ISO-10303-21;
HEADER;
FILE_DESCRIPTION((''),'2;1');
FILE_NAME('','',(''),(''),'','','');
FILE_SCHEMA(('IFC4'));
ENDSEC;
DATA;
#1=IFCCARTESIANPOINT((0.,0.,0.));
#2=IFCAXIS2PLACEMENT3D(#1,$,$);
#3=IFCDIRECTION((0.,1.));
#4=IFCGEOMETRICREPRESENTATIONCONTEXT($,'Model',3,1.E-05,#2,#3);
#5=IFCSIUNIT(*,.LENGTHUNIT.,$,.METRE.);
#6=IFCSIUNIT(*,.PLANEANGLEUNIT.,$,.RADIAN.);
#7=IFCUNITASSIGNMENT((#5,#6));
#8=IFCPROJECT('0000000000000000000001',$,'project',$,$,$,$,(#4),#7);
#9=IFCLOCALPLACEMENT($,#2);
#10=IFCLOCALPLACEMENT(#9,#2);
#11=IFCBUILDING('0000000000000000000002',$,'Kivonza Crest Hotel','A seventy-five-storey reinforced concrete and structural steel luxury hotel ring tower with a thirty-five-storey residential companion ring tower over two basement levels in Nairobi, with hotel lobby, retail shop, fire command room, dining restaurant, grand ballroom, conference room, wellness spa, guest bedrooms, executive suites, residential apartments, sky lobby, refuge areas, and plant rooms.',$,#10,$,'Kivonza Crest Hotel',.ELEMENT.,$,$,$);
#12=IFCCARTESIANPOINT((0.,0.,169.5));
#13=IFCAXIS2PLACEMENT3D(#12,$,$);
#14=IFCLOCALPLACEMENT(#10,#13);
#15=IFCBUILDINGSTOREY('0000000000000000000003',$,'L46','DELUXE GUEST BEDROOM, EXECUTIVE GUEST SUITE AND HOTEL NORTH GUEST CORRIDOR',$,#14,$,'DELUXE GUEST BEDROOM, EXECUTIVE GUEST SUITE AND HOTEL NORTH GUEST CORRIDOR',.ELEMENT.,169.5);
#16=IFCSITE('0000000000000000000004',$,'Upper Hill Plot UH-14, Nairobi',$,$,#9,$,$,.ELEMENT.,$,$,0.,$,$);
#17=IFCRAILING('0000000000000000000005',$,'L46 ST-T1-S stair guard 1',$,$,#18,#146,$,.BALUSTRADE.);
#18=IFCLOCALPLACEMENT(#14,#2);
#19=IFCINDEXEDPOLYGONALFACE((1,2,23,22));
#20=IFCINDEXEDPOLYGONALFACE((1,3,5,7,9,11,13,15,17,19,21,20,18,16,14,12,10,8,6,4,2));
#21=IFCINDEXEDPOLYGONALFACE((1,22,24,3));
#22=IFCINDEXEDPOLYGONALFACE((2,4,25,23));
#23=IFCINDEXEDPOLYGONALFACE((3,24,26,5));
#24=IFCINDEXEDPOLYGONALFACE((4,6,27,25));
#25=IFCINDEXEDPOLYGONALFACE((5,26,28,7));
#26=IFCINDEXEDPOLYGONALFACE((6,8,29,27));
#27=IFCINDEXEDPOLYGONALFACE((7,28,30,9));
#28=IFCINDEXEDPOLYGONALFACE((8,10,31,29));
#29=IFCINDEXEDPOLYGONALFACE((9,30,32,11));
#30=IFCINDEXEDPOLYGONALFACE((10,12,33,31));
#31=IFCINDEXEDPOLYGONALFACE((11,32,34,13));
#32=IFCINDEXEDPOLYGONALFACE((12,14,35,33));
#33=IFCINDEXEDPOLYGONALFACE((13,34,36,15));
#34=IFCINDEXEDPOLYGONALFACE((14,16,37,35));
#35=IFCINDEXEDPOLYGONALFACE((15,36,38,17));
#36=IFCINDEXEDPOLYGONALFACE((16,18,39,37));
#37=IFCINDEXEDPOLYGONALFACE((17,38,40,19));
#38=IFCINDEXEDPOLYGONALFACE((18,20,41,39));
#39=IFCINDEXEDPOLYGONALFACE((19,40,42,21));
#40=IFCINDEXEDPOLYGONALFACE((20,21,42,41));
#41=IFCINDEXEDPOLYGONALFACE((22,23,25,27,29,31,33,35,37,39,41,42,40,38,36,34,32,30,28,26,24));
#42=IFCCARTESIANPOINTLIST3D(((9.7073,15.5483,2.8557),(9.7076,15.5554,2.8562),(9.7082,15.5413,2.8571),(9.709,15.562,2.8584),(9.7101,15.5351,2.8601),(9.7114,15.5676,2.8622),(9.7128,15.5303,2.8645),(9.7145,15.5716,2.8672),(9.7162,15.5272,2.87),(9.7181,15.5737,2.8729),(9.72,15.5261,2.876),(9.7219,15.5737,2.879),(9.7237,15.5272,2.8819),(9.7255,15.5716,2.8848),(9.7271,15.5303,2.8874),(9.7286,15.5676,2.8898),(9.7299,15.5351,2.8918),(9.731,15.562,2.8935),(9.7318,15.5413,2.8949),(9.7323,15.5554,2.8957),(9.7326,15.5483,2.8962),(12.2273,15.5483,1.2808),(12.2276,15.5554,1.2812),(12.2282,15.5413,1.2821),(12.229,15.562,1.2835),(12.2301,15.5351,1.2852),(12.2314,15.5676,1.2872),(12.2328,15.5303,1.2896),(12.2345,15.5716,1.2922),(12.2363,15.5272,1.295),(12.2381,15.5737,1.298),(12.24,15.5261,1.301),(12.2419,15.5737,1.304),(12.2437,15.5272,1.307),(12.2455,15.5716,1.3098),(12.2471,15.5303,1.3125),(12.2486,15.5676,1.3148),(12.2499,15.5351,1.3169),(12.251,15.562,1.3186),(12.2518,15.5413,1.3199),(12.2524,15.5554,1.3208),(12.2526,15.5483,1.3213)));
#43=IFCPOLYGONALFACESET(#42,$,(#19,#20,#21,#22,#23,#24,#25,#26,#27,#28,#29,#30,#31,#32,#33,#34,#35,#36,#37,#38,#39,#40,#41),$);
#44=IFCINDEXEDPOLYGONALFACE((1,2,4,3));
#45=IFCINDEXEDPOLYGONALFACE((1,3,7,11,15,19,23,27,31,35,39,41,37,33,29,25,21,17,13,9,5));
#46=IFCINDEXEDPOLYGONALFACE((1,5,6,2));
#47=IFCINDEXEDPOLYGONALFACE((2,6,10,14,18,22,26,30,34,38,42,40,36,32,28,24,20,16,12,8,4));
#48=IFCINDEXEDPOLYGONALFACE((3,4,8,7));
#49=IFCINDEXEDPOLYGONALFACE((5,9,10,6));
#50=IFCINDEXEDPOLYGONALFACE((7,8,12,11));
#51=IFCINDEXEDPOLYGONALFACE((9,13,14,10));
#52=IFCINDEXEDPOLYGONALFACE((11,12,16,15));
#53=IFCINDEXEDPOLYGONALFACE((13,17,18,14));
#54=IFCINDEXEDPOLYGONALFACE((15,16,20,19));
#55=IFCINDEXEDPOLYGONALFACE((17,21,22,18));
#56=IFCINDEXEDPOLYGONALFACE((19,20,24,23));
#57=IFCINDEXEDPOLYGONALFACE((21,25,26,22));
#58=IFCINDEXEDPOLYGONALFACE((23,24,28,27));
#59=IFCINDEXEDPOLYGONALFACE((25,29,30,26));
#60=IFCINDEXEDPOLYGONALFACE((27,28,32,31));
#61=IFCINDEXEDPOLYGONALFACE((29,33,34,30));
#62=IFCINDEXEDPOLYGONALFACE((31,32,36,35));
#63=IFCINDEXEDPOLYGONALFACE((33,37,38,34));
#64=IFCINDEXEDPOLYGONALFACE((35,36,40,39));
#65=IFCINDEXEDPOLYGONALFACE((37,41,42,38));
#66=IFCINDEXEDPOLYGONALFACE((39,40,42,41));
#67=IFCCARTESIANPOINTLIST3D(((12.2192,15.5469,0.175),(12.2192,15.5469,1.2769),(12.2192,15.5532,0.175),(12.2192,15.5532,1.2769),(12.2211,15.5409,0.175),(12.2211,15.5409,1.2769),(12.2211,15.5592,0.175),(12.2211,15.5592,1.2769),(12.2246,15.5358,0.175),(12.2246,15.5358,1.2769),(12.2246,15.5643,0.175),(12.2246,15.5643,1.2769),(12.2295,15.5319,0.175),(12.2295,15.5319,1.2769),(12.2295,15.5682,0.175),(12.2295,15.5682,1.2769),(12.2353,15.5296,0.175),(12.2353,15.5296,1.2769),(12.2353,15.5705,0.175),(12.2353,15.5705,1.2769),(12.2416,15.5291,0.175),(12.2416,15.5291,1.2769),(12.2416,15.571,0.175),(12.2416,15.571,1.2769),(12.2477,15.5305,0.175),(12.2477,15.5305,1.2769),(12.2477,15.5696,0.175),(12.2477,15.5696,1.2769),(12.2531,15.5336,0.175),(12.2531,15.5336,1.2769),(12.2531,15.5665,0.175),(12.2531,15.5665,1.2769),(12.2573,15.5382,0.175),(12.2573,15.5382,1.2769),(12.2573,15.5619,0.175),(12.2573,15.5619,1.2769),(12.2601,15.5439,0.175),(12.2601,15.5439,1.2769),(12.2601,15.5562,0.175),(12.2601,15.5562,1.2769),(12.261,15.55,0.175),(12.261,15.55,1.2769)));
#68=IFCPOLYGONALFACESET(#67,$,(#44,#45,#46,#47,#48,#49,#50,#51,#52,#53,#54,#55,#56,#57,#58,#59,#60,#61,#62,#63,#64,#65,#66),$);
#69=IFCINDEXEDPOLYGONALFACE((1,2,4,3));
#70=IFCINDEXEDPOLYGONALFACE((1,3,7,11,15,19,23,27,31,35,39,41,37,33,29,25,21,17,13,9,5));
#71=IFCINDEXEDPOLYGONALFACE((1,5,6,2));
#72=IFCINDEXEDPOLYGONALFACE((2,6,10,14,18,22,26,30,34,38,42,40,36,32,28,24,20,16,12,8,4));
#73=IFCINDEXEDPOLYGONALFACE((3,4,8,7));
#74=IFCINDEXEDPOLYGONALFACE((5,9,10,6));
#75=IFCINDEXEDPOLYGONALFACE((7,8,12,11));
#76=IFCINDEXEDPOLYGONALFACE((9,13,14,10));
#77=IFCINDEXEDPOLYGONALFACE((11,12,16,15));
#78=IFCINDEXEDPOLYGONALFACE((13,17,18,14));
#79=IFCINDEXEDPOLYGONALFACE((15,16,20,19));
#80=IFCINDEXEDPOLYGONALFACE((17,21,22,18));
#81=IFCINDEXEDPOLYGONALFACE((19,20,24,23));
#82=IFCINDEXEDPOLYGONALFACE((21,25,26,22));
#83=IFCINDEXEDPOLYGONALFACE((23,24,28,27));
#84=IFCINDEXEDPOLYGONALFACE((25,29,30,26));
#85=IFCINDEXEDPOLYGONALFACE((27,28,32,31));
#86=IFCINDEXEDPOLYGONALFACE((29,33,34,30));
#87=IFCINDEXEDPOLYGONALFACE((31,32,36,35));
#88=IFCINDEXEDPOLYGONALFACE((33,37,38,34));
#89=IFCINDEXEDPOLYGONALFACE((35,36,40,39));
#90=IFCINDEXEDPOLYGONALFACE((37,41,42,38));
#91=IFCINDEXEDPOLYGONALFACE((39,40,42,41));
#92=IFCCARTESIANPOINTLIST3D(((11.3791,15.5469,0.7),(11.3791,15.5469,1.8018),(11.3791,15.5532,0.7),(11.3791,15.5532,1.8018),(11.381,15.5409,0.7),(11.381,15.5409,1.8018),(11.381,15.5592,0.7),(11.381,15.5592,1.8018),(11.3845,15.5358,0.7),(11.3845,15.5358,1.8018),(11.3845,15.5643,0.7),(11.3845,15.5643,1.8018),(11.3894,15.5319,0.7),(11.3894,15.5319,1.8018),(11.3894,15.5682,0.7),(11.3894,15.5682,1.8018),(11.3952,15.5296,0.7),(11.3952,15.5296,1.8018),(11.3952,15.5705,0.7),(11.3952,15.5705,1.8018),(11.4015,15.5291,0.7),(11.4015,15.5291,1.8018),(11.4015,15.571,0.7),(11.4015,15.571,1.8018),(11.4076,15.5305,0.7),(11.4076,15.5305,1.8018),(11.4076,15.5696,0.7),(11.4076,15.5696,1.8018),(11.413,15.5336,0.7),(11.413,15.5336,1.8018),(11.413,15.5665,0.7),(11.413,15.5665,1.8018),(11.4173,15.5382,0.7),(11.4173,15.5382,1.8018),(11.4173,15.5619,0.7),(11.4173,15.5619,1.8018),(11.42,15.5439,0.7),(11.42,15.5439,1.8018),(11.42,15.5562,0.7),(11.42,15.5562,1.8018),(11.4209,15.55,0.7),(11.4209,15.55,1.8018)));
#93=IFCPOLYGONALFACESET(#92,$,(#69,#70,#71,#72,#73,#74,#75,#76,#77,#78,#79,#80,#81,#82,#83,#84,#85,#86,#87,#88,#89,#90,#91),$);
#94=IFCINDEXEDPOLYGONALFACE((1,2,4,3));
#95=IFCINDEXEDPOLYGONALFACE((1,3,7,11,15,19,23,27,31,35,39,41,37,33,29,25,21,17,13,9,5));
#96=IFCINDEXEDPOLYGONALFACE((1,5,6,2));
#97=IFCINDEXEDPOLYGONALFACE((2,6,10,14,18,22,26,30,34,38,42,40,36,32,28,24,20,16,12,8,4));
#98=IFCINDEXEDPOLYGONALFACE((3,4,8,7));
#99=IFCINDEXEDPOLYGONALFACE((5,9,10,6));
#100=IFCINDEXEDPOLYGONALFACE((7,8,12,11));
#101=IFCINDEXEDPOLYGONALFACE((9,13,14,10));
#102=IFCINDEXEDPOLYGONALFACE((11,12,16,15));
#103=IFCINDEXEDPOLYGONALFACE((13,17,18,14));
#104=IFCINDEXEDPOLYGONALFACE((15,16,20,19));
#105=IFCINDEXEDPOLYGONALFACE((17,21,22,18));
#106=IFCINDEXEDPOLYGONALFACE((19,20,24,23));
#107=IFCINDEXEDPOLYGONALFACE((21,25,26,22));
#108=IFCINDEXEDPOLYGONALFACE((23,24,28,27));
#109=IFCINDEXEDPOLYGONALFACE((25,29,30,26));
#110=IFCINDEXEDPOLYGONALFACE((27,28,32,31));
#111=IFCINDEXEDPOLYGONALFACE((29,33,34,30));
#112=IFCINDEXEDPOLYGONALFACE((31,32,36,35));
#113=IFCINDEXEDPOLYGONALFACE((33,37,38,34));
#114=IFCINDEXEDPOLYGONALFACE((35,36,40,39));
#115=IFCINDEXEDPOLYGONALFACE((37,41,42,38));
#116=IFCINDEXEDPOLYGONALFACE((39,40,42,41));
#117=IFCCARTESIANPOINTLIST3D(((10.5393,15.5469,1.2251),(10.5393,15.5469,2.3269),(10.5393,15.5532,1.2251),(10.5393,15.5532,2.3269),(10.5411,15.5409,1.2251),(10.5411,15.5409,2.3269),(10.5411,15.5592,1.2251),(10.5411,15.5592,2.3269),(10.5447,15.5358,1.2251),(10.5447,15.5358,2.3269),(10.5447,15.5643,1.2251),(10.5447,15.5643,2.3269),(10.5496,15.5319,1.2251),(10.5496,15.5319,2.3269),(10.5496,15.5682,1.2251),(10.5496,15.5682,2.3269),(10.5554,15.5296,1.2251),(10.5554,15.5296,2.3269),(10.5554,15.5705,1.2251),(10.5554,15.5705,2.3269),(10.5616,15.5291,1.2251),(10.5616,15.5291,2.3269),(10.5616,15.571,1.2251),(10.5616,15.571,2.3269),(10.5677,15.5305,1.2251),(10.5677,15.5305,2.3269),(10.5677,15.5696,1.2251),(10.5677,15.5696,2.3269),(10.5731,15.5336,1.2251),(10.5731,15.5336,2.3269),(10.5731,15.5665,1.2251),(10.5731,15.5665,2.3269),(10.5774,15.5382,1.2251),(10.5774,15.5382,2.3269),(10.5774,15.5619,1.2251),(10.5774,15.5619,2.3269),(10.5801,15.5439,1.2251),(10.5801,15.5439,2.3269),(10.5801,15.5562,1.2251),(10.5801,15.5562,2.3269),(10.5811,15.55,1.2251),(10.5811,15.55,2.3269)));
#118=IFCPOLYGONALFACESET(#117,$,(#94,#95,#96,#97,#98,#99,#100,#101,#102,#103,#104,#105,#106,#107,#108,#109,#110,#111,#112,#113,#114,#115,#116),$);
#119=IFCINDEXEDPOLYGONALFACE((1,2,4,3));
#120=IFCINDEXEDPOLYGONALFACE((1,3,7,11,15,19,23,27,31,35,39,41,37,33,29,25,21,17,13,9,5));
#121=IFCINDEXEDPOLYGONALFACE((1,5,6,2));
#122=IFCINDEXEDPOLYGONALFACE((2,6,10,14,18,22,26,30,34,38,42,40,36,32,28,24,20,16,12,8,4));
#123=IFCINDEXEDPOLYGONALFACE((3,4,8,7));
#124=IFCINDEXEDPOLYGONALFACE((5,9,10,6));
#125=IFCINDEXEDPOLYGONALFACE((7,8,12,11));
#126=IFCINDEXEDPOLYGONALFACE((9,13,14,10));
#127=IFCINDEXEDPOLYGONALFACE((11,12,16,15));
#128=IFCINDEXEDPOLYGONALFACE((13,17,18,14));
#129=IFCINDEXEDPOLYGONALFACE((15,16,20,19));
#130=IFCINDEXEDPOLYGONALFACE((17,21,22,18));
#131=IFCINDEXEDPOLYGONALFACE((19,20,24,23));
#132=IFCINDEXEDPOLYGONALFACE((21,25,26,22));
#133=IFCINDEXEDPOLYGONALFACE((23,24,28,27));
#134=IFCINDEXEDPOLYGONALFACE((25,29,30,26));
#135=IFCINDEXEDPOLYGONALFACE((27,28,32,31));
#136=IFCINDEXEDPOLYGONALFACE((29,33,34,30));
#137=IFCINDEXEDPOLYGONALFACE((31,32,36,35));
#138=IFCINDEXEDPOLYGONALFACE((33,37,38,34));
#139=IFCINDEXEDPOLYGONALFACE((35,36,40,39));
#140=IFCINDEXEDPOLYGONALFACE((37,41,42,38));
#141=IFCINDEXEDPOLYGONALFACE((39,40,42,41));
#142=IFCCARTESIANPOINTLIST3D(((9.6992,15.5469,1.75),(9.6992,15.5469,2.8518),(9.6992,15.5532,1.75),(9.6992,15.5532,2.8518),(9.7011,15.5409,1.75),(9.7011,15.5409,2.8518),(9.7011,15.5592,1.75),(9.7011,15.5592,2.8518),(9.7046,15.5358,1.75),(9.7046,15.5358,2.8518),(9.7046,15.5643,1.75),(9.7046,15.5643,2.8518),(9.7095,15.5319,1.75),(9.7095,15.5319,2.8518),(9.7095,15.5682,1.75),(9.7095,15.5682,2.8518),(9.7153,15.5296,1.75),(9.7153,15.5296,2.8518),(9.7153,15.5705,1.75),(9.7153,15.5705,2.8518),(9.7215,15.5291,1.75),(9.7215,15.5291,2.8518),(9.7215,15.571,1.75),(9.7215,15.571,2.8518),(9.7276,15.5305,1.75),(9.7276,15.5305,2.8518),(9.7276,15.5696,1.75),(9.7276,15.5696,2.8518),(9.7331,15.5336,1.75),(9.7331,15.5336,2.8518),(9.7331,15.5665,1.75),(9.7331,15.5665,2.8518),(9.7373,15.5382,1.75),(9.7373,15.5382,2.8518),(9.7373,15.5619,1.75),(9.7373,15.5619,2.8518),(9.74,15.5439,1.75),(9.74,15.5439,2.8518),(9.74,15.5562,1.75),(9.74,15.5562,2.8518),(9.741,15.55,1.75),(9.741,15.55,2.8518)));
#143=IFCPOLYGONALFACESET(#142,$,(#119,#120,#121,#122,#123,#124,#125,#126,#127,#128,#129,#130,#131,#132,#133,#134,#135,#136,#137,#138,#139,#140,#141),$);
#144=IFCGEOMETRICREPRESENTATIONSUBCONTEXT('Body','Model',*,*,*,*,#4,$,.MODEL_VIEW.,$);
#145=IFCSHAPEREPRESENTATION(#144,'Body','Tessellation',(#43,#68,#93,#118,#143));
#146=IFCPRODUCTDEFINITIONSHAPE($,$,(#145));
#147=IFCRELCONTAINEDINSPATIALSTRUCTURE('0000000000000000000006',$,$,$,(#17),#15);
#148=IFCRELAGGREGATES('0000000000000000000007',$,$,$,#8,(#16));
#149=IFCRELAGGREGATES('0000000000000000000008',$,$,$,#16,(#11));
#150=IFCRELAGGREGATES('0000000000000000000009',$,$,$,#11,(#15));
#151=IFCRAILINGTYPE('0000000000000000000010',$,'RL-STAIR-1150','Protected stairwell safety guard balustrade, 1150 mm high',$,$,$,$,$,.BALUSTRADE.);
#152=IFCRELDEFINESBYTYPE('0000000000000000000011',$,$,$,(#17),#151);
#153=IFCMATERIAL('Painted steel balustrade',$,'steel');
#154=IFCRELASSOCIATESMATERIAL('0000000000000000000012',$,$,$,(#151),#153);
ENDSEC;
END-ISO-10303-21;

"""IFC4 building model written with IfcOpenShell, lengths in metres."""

from ifc_helpers import new_model, si_unit, direction, frame, origin, origin_2d, place, context, subcontext, project, spatial, circle, extrude, material, type_object, element, save


model = new_model("IFC4")

# Units and contexts
model_context = context("Model", 3, precision=1e-05, world=origin(), true_north=direction((0.0, 1.0)))
body_context = subcontext(model_context, "Body", "Model", "MODEL_VIEW")
ifc_project = project(units=[si_unit("LENGTHUNIT", "METRE"), si_unit("PLANEANGLEUNIT", "RADIAN")], contexts=[model_context])

# Site, building, storey
site_placement = place(None, origin())
site = spatial("IfcSite", under=ifc_project, at=site_placement, Name="Upper Hill Plot UH-14, Nairobi", CompositionType="ELEMENT", RefElevation=0.0)
building_placement = place(site_placement, origin())
building = spatial("IfcBuilding", under=site, at=building_placement, Name="Kivonza Crest Hotel", Description="A seventy-five-storey reinforced concrete and structural steel luxury hotel ring tower with a thirty-five-storey residential companion ring tower over two basement levels in Nairobi, with hotel lobby, retail shop, fire command room, dining restaurant, grand ballroom, conference room, wellness spa, guest bedrooms, executive suites, residential apartments, sky lobby, refuge areas, and plant rooms.", LongName="Kivonza Crest Hotel", CompositionType="ELEMENT")
storey_placement = place(building_placement, frame((0.0, 0.0, 169.5)))
storey = spatial("IfcBuildingStorey", under=building, at=storey_placement, Name="L46", Description="DELUXE GUEST BEDROOM, EXECUTIVE GUEST SUITE AND HOTEL NORTH GUEST CORRIDOR", LongName="DELUXE GUEST BEDROOM, EXECUTIVE GUEST SUITE AND HOTEL NORTH GUEST CORRIDOR", CompositionType="ELEMENT", Elevation=169.5)

# Railing
ifc_material_1 = material(Name="Painted steel balustrade", Category="steel")
railing_type_1 = type_object("IfcRailingType", Name="RL-STAIR-1150", Description="Protected stairwell safety guard balustrade, 1150 mm high", PredefinedType="BALUSTRADE", material=ifc_material_1)
railing_1_placement = place(storey_placement, frame((12.24, 15.55, 0.175)))
element("IfcRailing", 1, at=railing_1_placement, inside=storey, type_object=railing_type_1, Name="L46 ST-T1-S stair guard 1", PredefinedType="BALUSTRADE", context=body_context, shape_type="SweptSolid", body=[
    extrude(circle(Radius=0.0239, at=origin_2d()), frame((0.0, 0.0, 1.126), z_axis=(-0.848008, 0.0, 0.529984), x_axis=(0.0, -1.0, 0.0)), (0.0, 0.0, 1.0), 2.9717),
    extrude(circle(Radius=0.021, at=origin_2d()), origin(), (0.0, 0.0, 1.0), 1.1018),
    extrude(circle(Radius=0.021, at=origin_2d()), frame((-0.8401, 0.0, 0.5249)), (0.0, 0.0, 1.0), 1.1018),
    extrude(circle(Radius=0.021, at=origin_2d()), frame((-1.6799, 0.0, 1.05)), (0.0, 0.0, 1.0), 1.1018),
    extrude(circle(Radius=0.021, at=origin_2d()), frame((-2.52, 0.0, 1.575)), (0.0, 0.0, 1.0), 1.1018),
])

save(model, "model.ifc")
